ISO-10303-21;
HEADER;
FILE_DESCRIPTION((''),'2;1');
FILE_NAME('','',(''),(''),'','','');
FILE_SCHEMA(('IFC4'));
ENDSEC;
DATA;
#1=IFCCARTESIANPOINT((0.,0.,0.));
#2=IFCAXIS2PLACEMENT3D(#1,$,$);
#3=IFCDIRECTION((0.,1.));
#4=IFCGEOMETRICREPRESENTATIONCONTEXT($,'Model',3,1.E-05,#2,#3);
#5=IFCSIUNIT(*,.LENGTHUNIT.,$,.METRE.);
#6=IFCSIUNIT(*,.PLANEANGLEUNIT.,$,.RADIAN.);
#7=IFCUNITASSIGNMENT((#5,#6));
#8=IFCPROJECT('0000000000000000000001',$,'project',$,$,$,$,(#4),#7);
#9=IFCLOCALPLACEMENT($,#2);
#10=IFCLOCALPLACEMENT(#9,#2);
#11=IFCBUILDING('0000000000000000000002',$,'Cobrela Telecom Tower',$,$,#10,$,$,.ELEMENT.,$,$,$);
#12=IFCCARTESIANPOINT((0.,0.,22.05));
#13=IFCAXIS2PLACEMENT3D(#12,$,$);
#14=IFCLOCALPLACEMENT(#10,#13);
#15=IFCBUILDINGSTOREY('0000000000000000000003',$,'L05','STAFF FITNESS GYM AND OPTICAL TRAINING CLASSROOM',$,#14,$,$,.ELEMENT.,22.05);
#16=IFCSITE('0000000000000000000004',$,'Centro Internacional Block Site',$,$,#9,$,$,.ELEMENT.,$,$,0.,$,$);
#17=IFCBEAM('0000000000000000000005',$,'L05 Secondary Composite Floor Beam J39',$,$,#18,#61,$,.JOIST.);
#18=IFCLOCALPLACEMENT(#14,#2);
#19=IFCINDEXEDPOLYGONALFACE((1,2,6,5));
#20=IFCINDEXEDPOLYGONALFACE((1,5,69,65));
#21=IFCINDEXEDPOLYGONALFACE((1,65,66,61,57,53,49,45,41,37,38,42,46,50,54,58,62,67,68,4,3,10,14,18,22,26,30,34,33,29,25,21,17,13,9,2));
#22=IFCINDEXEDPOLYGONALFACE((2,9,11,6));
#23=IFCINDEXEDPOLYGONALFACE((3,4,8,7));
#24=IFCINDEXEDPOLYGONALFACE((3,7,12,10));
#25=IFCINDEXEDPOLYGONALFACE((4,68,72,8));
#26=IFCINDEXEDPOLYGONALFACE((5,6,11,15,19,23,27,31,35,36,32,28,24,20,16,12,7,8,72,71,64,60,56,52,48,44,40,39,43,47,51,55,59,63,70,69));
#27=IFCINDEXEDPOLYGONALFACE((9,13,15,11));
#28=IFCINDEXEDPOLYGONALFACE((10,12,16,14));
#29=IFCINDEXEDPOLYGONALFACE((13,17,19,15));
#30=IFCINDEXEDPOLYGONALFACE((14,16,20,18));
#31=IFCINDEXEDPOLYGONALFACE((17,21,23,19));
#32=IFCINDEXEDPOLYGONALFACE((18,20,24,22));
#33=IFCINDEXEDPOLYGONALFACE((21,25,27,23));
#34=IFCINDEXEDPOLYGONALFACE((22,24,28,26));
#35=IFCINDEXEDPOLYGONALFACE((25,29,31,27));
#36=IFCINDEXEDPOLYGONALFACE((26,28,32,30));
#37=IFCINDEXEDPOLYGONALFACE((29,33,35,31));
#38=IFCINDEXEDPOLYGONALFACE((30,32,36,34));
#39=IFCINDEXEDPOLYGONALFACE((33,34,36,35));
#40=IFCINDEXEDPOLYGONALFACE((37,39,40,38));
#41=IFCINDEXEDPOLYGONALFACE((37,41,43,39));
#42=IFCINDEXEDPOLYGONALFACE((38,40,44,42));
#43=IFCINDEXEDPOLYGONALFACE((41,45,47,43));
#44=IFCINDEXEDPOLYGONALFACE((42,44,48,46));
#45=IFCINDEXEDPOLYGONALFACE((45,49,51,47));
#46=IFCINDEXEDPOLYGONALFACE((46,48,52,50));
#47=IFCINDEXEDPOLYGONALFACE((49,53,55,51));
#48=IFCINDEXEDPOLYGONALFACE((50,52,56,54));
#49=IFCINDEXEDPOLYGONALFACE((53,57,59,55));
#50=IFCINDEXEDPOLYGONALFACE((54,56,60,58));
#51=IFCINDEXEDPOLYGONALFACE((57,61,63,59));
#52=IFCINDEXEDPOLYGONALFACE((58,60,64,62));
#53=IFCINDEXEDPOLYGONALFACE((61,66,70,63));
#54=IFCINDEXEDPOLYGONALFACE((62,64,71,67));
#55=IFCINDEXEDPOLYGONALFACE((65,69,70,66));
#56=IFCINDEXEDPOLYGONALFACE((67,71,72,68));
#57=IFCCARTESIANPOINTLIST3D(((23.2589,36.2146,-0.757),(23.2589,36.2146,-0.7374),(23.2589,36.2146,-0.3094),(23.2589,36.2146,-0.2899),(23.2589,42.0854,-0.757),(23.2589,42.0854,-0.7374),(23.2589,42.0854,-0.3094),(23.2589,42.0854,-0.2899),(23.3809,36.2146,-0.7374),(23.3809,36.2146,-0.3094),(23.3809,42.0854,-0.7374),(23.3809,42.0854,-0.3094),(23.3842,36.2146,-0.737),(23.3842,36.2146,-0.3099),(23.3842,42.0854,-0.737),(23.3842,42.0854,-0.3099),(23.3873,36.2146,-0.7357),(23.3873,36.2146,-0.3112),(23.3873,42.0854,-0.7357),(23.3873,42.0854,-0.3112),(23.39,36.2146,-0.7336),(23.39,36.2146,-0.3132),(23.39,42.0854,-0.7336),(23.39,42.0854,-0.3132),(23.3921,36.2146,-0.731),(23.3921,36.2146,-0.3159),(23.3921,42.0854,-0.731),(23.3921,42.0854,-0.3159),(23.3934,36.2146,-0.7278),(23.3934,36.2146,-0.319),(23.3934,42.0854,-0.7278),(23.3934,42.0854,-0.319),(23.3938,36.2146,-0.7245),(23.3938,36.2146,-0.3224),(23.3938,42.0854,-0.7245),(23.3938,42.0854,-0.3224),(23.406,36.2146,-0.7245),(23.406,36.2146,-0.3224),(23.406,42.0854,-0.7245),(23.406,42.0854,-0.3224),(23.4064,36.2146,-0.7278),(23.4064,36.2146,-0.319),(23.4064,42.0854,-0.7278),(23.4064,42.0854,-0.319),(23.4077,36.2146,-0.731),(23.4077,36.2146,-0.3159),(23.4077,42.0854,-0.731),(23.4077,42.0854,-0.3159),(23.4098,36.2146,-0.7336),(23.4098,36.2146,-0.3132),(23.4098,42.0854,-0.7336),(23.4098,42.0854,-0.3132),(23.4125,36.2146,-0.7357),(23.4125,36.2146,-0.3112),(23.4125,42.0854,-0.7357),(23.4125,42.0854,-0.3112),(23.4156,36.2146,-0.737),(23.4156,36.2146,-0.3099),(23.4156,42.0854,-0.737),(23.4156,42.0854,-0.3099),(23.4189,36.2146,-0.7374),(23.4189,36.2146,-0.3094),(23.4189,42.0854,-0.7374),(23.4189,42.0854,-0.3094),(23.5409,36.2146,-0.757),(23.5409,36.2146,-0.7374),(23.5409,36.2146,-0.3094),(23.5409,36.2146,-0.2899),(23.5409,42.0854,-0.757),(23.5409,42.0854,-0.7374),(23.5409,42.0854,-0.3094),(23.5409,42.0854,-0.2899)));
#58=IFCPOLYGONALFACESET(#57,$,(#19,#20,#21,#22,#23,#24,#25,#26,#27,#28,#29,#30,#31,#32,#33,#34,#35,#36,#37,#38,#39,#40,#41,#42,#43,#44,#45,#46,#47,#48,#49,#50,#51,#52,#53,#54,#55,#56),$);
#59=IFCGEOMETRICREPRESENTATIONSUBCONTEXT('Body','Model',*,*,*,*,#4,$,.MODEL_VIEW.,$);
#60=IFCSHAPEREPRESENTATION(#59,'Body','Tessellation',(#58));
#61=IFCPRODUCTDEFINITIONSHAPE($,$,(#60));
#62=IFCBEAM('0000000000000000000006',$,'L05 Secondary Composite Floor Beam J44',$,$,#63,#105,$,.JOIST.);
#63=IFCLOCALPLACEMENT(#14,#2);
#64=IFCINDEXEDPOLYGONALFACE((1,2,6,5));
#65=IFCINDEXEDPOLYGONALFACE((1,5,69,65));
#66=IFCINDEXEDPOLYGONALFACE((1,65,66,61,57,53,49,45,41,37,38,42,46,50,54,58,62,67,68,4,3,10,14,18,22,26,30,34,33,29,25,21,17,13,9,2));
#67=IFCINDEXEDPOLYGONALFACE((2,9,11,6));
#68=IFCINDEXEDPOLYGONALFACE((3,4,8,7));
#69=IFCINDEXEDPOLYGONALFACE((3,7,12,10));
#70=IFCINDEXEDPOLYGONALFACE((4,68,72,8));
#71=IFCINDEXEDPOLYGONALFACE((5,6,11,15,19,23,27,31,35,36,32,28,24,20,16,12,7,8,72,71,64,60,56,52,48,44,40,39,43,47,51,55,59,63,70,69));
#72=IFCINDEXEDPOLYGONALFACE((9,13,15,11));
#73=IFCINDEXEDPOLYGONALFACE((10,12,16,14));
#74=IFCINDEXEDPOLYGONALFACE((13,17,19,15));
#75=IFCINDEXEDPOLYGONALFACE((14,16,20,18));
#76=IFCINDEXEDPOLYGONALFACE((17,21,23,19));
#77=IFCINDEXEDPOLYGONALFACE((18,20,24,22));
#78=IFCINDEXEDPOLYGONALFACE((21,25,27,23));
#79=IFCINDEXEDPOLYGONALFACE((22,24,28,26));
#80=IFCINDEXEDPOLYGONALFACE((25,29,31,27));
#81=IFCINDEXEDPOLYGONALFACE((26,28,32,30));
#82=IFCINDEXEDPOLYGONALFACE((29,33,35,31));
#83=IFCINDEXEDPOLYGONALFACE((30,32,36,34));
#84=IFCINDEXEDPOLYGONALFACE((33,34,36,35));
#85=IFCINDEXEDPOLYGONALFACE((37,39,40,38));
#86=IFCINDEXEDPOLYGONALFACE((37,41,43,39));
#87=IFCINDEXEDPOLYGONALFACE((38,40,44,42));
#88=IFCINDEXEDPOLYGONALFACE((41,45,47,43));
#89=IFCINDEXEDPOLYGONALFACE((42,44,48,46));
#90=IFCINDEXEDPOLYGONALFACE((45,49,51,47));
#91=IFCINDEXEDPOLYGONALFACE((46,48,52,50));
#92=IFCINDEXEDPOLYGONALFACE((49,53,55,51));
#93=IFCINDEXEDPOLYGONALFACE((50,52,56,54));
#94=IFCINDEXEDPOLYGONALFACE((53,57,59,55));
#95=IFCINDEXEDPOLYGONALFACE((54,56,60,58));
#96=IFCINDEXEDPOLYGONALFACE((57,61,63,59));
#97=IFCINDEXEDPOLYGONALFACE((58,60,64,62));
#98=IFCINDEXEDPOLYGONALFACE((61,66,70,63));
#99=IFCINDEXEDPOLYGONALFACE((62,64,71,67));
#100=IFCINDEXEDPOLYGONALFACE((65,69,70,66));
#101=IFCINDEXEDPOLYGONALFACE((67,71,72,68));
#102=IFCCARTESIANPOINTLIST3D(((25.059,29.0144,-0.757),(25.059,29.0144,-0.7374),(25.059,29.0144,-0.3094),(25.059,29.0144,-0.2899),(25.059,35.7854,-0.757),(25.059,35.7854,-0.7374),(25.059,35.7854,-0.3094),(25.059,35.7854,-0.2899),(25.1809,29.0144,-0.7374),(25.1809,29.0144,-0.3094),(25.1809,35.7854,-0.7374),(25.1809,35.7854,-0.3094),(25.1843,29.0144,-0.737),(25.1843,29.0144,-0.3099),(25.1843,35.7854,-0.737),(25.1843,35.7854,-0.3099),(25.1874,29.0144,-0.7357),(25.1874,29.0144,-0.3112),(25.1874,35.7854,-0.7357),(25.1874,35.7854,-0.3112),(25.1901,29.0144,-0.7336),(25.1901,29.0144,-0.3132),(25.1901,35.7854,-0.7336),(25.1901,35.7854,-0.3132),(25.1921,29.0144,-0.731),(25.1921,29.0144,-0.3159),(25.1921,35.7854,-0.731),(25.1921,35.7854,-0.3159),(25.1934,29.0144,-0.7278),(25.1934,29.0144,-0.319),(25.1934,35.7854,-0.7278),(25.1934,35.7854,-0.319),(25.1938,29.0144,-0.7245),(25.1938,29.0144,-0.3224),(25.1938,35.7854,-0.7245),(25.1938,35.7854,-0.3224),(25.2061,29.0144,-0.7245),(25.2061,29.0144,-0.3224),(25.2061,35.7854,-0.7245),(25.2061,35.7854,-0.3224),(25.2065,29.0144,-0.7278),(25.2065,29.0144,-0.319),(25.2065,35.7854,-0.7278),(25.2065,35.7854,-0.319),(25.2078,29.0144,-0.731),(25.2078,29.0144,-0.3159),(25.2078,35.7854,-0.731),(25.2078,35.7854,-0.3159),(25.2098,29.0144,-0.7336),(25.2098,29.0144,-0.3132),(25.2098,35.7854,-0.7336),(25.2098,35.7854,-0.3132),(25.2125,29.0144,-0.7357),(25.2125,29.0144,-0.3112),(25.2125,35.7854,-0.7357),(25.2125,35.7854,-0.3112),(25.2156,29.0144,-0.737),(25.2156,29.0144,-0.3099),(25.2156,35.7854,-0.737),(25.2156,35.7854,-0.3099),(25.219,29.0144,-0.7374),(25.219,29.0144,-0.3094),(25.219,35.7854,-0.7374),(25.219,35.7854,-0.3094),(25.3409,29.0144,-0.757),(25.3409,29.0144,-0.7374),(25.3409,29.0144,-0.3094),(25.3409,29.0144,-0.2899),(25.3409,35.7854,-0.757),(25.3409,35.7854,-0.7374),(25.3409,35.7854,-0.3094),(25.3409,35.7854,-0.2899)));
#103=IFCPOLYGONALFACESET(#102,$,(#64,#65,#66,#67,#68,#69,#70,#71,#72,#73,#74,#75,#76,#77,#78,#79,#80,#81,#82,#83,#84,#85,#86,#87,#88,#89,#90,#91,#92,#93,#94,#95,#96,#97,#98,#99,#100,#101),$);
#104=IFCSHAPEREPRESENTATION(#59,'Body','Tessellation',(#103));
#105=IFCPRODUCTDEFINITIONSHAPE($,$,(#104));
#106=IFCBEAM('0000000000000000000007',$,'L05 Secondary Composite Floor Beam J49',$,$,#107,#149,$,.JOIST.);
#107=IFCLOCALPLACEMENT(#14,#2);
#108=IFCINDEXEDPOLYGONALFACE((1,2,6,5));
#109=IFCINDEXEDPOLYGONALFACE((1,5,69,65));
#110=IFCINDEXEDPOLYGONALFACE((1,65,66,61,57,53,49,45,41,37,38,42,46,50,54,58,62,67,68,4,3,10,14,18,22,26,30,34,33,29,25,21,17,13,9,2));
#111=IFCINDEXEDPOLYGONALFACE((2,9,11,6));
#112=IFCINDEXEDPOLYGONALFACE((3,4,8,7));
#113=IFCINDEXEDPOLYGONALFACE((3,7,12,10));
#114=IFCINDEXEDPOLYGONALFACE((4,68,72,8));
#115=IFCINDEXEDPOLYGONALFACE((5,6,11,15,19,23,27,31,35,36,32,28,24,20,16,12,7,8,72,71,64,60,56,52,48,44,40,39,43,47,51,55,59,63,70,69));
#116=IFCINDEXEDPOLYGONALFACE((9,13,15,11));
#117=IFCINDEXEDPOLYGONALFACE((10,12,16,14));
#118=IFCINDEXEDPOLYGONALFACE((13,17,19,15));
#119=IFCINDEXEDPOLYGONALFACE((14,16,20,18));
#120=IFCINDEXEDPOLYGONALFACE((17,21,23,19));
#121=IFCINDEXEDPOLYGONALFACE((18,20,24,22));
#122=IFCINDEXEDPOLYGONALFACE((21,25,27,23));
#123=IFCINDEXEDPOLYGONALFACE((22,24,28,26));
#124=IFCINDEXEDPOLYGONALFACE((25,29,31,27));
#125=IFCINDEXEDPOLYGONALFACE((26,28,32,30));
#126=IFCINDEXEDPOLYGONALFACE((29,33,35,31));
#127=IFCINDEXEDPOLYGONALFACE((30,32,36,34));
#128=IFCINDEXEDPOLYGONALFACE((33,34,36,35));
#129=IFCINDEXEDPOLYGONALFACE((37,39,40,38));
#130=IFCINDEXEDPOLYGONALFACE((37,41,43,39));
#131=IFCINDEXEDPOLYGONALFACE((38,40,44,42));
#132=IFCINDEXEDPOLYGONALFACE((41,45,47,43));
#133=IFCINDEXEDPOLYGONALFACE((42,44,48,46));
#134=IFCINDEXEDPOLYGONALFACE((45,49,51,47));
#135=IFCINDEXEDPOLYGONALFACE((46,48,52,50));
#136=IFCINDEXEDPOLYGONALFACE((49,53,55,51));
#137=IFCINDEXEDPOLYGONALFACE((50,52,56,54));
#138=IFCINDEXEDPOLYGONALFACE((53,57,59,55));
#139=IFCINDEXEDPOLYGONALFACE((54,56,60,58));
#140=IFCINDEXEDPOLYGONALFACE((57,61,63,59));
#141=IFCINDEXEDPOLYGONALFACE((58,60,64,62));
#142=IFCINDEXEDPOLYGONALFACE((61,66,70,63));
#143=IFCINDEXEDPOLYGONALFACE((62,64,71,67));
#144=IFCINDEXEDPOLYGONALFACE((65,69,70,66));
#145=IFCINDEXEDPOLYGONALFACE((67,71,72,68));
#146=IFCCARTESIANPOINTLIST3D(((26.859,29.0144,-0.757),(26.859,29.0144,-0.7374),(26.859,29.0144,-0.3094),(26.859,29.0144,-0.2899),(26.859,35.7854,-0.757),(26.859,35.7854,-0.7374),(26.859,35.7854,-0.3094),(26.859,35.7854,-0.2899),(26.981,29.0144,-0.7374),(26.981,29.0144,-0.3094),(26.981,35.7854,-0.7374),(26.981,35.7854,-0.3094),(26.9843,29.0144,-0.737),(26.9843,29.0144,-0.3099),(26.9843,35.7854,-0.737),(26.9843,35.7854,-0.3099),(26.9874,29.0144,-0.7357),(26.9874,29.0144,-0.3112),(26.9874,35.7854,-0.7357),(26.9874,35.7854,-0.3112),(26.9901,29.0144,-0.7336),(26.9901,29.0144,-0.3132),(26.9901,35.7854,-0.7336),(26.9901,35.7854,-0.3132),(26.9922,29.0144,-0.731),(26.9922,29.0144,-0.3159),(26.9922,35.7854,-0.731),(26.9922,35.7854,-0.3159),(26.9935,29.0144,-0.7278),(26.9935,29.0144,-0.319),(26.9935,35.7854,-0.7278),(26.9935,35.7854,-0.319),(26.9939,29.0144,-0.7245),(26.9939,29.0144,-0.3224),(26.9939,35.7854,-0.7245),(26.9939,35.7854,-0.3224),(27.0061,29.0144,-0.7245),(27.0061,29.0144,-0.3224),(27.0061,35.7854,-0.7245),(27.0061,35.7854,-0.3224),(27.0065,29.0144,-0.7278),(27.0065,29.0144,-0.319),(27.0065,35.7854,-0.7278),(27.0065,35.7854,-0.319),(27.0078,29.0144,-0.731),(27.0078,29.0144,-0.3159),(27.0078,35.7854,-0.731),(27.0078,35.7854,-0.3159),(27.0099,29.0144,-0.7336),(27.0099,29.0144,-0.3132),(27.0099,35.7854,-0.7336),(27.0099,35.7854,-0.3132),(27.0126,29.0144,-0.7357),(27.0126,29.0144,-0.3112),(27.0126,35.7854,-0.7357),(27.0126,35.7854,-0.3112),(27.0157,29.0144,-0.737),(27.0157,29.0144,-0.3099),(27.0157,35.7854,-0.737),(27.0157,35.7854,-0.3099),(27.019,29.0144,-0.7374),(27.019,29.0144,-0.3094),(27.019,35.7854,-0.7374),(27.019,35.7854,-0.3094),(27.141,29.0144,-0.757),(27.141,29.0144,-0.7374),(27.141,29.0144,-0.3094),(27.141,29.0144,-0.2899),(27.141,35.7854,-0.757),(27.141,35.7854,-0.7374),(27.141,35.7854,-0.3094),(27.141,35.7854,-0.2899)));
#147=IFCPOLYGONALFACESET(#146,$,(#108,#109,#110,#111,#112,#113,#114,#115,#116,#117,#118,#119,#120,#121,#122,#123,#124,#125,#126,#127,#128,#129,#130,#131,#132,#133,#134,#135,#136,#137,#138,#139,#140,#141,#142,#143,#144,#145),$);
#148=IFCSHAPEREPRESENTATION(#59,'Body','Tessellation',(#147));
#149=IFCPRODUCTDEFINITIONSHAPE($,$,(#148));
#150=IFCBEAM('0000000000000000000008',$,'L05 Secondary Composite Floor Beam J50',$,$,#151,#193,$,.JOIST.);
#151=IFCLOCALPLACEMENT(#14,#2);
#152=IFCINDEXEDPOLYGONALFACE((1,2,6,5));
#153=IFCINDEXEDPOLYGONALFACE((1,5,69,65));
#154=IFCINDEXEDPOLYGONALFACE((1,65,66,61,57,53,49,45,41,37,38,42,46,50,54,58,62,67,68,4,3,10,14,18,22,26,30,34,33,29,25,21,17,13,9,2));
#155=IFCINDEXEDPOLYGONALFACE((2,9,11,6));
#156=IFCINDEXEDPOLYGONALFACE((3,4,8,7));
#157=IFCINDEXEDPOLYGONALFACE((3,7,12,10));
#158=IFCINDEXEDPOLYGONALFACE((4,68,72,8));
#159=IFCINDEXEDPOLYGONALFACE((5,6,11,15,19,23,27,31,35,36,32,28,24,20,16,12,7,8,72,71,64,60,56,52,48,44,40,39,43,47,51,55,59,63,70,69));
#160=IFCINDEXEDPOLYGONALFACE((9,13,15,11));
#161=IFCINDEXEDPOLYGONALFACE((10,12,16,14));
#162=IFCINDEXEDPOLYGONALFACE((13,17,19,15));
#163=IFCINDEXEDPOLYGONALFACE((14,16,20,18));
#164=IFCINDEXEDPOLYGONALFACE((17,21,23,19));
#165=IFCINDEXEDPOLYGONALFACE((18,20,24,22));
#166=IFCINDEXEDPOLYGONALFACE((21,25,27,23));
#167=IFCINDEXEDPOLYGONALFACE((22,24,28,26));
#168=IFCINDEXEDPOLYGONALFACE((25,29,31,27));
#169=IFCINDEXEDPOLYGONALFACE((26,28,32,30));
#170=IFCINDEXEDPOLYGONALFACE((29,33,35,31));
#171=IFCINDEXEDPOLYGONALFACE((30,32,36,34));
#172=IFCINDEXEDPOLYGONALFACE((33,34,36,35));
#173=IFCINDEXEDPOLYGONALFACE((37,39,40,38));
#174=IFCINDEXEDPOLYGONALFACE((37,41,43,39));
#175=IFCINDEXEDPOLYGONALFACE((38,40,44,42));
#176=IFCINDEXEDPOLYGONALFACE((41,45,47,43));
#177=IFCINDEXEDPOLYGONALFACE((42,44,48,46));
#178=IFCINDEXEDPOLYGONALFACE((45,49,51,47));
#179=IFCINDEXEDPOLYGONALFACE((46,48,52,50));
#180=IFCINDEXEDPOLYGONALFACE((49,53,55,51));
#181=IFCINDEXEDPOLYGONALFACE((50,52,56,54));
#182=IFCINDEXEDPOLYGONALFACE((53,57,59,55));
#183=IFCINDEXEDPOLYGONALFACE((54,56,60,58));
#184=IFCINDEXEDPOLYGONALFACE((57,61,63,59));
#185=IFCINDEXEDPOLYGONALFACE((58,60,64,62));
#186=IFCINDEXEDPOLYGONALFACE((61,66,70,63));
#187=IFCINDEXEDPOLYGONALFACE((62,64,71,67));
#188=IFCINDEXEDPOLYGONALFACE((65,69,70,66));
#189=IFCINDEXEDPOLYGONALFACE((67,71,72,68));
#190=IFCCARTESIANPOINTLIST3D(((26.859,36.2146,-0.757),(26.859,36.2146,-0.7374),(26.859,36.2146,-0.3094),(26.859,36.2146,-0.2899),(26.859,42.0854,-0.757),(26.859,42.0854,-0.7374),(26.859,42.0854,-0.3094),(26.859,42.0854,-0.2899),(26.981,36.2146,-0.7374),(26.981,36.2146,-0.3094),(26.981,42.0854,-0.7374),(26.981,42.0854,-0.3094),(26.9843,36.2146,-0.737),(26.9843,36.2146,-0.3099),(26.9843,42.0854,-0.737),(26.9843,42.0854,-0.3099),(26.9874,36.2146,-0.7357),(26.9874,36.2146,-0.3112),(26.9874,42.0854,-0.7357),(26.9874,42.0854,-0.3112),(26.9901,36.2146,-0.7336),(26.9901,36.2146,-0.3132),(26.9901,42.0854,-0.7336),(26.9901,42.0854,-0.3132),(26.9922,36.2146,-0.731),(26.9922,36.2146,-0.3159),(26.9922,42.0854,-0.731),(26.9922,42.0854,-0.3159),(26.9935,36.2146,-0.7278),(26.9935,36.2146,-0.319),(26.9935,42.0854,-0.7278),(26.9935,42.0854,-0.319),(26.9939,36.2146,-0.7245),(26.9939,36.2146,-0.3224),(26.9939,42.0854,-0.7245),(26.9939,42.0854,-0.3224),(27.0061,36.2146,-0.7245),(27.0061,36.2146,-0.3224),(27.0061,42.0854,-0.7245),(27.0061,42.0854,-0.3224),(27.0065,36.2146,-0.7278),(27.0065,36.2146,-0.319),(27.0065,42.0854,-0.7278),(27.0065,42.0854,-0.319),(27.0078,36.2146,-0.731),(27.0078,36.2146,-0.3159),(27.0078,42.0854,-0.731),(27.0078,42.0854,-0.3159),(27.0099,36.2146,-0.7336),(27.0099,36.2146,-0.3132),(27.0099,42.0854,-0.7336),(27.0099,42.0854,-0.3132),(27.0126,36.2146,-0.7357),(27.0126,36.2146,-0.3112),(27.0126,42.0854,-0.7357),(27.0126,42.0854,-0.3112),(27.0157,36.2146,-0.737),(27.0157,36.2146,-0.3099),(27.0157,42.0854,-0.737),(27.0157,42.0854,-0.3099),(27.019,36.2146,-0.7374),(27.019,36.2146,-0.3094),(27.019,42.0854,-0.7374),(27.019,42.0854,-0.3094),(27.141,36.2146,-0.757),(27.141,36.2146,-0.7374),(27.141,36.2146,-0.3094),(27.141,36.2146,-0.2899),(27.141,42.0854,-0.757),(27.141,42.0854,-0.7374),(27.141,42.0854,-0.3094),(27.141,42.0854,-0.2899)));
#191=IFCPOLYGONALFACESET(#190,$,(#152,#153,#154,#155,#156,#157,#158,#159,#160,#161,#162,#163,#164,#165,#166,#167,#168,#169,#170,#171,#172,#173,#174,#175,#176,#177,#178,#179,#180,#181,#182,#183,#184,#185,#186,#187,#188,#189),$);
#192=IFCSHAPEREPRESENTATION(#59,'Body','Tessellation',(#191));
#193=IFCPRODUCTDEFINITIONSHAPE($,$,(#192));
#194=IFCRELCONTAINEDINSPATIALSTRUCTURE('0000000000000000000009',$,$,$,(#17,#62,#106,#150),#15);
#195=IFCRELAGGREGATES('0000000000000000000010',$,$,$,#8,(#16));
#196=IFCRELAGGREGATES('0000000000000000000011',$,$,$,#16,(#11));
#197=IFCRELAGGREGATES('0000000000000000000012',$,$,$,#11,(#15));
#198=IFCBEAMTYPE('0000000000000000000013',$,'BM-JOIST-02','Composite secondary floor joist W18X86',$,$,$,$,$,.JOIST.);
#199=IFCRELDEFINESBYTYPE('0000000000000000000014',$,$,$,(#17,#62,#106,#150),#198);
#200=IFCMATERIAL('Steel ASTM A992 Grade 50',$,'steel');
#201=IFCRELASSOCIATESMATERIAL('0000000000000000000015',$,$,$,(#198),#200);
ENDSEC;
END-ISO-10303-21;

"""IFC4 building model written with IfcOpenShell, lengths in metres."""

from ifc_helpers import new_model, si_unit, direction, frame, origin, origin_2d, place, context, subcontext, project, spatial, i_section, extrude, material, material_profile, profile_set, type_object, element, save


model = new_model("IFC4")

# Units and contexts
model_context = context("Model", 3, precision=1e-05, world=origin(), true_north=direction((0.0, 1.0)))
body_context = subcontext(model_context, "Body", "Model", "MODEL_VIEW")
ifc_project = project(units=[si_unit("LENGTHUNIT", "METRE"), si_unit("PLANEANGLEUNIT", "RADIAN")], contexts=[model_context])

# Site, building, storey
site_placement = place(None, origin())
site = spatial("IfcSite", under=ifc_project, at=site_placement, Name="Centro Internacional Block Site", CompositionType="ELEMENT", RefElevation=0.0)
building_placement = place(site_placement, origin())
building = spatial("IfcBuilding", under=site, at=building_placement, Name="Cobrela Telecom Tower", CompositionType="ELEMENT")
storey_placement = place(building_placement, frame((0.0, 0.0, 22.05)))
storey = spatial("IfcBuildingStorey", under=building, at=storey_placement, Name="L05", Description="STAFF FITNESS GYM AND OPTICAL TRAINING CLASSROOM", CompositionType="ELEMENT", Elevation=22.05)

# Beams
ifc_material_1 = material(Name="Steel ASTM A992 Grade 50", Category="steel")
ifc_material_profile_1 = material_profile(ifc_material_1, i_section(OverallWidth=0.282, OverallDepth=0.467, WebThickness=0.0122, FlangeThickness=0.0195, FilletRadius=0.0129, at=origin_2d()), Name="W18X86")
ifc_profile_set_1 = profile_set([ifc_material_profile_1], Name="Steel ASTM A992 Grade 50")
beam_type_1 = type_object("IfcBeamType", Name="BM-JOIST-02", Description="Composite secondary floor joist W18X86", PredefinedType="JOIST", material=ifc_profile_set_1)
beam_1_placement = place(storey_placement, frame((23.3999, 36.2146, -0.5234), z_axis=(0.0, 1.0, 0.0), x_axis=(-1.0, 0.0, 0.0)))
element("IfcBeam", 1, at=beam_1_placement, inside=storey, type_object=beam_type_1, Name="L05 Secondary Composite Floor Beam J39", PredefinedType="JOIST", context=body_context, shape_type="SweptSolid", body=[
    extrude(i_section(OverallWidth=0.282, OverallDepth=0.467, WebThickness=0.0122, FlangeThickness=0.0195, FilletRadius=0.0129, at=origin_2d()), origin(), (0.0, 0.0, 1.0), 5.8708),
])
for number, where, z_axis, x_axis, name in (
    (2, (25.2, 29.0144, -0.5234), (0.0, 1.0, 0.0), (-1.0, 0.0, 0.0), "L05 Secondary Composite Floor Beam J44"),
    (3, (27.0, 29.0144, -0.5234), (0.0, 1.0, 0.0), (-1.0, 0.0, 0.0), "L05 Secondary Composite Floor Beam J49"),
):
    element("IfcBeam", number, at=place(storey_placement, frame(where, z_axis=z_axis, x_axis=x_axis)), inside=storey, type_object=beam_type_1, Name=name, PredefinedType="JOIST", context=body_context, shape_type="SweptSolid", body=[
        extrude(i_section(OverallWidth=0.282, OverallDepth=0.467, WebThickness=0.0122, FlangeThickness=0.0195, FilletRadius=0.0129, at=origin_2d()), origin(), (0.0, 0.0, 1.0), 6.771),
    ])
beam_2_placement = place(storey_placement, frame((27.0, 36.2146, -0.5234), z_axis=(0.0, 1.0, 0.0), x_axis=(-1.0, 0.0, 0.0)))
element("IfcBeam", 4, at=beam_2_placement, inside=storey, type_object=beam_type_1, Name="L05 Secondary Composite Floor Beam J50", PredefinedType="JOIST", context=body_context, shape_type="SweptSolid", body=[
    extrude(i_section(OverallWidth=0.282, OverallDepth=0.467, WebThickness=0.0122, FlangeThickness=0.0195, FilletRadius=0.0129, at=origin_2d()), origin(), (0.0, 0.0, 1.0), 5.8708),
])

save(model, "model.ifc")
